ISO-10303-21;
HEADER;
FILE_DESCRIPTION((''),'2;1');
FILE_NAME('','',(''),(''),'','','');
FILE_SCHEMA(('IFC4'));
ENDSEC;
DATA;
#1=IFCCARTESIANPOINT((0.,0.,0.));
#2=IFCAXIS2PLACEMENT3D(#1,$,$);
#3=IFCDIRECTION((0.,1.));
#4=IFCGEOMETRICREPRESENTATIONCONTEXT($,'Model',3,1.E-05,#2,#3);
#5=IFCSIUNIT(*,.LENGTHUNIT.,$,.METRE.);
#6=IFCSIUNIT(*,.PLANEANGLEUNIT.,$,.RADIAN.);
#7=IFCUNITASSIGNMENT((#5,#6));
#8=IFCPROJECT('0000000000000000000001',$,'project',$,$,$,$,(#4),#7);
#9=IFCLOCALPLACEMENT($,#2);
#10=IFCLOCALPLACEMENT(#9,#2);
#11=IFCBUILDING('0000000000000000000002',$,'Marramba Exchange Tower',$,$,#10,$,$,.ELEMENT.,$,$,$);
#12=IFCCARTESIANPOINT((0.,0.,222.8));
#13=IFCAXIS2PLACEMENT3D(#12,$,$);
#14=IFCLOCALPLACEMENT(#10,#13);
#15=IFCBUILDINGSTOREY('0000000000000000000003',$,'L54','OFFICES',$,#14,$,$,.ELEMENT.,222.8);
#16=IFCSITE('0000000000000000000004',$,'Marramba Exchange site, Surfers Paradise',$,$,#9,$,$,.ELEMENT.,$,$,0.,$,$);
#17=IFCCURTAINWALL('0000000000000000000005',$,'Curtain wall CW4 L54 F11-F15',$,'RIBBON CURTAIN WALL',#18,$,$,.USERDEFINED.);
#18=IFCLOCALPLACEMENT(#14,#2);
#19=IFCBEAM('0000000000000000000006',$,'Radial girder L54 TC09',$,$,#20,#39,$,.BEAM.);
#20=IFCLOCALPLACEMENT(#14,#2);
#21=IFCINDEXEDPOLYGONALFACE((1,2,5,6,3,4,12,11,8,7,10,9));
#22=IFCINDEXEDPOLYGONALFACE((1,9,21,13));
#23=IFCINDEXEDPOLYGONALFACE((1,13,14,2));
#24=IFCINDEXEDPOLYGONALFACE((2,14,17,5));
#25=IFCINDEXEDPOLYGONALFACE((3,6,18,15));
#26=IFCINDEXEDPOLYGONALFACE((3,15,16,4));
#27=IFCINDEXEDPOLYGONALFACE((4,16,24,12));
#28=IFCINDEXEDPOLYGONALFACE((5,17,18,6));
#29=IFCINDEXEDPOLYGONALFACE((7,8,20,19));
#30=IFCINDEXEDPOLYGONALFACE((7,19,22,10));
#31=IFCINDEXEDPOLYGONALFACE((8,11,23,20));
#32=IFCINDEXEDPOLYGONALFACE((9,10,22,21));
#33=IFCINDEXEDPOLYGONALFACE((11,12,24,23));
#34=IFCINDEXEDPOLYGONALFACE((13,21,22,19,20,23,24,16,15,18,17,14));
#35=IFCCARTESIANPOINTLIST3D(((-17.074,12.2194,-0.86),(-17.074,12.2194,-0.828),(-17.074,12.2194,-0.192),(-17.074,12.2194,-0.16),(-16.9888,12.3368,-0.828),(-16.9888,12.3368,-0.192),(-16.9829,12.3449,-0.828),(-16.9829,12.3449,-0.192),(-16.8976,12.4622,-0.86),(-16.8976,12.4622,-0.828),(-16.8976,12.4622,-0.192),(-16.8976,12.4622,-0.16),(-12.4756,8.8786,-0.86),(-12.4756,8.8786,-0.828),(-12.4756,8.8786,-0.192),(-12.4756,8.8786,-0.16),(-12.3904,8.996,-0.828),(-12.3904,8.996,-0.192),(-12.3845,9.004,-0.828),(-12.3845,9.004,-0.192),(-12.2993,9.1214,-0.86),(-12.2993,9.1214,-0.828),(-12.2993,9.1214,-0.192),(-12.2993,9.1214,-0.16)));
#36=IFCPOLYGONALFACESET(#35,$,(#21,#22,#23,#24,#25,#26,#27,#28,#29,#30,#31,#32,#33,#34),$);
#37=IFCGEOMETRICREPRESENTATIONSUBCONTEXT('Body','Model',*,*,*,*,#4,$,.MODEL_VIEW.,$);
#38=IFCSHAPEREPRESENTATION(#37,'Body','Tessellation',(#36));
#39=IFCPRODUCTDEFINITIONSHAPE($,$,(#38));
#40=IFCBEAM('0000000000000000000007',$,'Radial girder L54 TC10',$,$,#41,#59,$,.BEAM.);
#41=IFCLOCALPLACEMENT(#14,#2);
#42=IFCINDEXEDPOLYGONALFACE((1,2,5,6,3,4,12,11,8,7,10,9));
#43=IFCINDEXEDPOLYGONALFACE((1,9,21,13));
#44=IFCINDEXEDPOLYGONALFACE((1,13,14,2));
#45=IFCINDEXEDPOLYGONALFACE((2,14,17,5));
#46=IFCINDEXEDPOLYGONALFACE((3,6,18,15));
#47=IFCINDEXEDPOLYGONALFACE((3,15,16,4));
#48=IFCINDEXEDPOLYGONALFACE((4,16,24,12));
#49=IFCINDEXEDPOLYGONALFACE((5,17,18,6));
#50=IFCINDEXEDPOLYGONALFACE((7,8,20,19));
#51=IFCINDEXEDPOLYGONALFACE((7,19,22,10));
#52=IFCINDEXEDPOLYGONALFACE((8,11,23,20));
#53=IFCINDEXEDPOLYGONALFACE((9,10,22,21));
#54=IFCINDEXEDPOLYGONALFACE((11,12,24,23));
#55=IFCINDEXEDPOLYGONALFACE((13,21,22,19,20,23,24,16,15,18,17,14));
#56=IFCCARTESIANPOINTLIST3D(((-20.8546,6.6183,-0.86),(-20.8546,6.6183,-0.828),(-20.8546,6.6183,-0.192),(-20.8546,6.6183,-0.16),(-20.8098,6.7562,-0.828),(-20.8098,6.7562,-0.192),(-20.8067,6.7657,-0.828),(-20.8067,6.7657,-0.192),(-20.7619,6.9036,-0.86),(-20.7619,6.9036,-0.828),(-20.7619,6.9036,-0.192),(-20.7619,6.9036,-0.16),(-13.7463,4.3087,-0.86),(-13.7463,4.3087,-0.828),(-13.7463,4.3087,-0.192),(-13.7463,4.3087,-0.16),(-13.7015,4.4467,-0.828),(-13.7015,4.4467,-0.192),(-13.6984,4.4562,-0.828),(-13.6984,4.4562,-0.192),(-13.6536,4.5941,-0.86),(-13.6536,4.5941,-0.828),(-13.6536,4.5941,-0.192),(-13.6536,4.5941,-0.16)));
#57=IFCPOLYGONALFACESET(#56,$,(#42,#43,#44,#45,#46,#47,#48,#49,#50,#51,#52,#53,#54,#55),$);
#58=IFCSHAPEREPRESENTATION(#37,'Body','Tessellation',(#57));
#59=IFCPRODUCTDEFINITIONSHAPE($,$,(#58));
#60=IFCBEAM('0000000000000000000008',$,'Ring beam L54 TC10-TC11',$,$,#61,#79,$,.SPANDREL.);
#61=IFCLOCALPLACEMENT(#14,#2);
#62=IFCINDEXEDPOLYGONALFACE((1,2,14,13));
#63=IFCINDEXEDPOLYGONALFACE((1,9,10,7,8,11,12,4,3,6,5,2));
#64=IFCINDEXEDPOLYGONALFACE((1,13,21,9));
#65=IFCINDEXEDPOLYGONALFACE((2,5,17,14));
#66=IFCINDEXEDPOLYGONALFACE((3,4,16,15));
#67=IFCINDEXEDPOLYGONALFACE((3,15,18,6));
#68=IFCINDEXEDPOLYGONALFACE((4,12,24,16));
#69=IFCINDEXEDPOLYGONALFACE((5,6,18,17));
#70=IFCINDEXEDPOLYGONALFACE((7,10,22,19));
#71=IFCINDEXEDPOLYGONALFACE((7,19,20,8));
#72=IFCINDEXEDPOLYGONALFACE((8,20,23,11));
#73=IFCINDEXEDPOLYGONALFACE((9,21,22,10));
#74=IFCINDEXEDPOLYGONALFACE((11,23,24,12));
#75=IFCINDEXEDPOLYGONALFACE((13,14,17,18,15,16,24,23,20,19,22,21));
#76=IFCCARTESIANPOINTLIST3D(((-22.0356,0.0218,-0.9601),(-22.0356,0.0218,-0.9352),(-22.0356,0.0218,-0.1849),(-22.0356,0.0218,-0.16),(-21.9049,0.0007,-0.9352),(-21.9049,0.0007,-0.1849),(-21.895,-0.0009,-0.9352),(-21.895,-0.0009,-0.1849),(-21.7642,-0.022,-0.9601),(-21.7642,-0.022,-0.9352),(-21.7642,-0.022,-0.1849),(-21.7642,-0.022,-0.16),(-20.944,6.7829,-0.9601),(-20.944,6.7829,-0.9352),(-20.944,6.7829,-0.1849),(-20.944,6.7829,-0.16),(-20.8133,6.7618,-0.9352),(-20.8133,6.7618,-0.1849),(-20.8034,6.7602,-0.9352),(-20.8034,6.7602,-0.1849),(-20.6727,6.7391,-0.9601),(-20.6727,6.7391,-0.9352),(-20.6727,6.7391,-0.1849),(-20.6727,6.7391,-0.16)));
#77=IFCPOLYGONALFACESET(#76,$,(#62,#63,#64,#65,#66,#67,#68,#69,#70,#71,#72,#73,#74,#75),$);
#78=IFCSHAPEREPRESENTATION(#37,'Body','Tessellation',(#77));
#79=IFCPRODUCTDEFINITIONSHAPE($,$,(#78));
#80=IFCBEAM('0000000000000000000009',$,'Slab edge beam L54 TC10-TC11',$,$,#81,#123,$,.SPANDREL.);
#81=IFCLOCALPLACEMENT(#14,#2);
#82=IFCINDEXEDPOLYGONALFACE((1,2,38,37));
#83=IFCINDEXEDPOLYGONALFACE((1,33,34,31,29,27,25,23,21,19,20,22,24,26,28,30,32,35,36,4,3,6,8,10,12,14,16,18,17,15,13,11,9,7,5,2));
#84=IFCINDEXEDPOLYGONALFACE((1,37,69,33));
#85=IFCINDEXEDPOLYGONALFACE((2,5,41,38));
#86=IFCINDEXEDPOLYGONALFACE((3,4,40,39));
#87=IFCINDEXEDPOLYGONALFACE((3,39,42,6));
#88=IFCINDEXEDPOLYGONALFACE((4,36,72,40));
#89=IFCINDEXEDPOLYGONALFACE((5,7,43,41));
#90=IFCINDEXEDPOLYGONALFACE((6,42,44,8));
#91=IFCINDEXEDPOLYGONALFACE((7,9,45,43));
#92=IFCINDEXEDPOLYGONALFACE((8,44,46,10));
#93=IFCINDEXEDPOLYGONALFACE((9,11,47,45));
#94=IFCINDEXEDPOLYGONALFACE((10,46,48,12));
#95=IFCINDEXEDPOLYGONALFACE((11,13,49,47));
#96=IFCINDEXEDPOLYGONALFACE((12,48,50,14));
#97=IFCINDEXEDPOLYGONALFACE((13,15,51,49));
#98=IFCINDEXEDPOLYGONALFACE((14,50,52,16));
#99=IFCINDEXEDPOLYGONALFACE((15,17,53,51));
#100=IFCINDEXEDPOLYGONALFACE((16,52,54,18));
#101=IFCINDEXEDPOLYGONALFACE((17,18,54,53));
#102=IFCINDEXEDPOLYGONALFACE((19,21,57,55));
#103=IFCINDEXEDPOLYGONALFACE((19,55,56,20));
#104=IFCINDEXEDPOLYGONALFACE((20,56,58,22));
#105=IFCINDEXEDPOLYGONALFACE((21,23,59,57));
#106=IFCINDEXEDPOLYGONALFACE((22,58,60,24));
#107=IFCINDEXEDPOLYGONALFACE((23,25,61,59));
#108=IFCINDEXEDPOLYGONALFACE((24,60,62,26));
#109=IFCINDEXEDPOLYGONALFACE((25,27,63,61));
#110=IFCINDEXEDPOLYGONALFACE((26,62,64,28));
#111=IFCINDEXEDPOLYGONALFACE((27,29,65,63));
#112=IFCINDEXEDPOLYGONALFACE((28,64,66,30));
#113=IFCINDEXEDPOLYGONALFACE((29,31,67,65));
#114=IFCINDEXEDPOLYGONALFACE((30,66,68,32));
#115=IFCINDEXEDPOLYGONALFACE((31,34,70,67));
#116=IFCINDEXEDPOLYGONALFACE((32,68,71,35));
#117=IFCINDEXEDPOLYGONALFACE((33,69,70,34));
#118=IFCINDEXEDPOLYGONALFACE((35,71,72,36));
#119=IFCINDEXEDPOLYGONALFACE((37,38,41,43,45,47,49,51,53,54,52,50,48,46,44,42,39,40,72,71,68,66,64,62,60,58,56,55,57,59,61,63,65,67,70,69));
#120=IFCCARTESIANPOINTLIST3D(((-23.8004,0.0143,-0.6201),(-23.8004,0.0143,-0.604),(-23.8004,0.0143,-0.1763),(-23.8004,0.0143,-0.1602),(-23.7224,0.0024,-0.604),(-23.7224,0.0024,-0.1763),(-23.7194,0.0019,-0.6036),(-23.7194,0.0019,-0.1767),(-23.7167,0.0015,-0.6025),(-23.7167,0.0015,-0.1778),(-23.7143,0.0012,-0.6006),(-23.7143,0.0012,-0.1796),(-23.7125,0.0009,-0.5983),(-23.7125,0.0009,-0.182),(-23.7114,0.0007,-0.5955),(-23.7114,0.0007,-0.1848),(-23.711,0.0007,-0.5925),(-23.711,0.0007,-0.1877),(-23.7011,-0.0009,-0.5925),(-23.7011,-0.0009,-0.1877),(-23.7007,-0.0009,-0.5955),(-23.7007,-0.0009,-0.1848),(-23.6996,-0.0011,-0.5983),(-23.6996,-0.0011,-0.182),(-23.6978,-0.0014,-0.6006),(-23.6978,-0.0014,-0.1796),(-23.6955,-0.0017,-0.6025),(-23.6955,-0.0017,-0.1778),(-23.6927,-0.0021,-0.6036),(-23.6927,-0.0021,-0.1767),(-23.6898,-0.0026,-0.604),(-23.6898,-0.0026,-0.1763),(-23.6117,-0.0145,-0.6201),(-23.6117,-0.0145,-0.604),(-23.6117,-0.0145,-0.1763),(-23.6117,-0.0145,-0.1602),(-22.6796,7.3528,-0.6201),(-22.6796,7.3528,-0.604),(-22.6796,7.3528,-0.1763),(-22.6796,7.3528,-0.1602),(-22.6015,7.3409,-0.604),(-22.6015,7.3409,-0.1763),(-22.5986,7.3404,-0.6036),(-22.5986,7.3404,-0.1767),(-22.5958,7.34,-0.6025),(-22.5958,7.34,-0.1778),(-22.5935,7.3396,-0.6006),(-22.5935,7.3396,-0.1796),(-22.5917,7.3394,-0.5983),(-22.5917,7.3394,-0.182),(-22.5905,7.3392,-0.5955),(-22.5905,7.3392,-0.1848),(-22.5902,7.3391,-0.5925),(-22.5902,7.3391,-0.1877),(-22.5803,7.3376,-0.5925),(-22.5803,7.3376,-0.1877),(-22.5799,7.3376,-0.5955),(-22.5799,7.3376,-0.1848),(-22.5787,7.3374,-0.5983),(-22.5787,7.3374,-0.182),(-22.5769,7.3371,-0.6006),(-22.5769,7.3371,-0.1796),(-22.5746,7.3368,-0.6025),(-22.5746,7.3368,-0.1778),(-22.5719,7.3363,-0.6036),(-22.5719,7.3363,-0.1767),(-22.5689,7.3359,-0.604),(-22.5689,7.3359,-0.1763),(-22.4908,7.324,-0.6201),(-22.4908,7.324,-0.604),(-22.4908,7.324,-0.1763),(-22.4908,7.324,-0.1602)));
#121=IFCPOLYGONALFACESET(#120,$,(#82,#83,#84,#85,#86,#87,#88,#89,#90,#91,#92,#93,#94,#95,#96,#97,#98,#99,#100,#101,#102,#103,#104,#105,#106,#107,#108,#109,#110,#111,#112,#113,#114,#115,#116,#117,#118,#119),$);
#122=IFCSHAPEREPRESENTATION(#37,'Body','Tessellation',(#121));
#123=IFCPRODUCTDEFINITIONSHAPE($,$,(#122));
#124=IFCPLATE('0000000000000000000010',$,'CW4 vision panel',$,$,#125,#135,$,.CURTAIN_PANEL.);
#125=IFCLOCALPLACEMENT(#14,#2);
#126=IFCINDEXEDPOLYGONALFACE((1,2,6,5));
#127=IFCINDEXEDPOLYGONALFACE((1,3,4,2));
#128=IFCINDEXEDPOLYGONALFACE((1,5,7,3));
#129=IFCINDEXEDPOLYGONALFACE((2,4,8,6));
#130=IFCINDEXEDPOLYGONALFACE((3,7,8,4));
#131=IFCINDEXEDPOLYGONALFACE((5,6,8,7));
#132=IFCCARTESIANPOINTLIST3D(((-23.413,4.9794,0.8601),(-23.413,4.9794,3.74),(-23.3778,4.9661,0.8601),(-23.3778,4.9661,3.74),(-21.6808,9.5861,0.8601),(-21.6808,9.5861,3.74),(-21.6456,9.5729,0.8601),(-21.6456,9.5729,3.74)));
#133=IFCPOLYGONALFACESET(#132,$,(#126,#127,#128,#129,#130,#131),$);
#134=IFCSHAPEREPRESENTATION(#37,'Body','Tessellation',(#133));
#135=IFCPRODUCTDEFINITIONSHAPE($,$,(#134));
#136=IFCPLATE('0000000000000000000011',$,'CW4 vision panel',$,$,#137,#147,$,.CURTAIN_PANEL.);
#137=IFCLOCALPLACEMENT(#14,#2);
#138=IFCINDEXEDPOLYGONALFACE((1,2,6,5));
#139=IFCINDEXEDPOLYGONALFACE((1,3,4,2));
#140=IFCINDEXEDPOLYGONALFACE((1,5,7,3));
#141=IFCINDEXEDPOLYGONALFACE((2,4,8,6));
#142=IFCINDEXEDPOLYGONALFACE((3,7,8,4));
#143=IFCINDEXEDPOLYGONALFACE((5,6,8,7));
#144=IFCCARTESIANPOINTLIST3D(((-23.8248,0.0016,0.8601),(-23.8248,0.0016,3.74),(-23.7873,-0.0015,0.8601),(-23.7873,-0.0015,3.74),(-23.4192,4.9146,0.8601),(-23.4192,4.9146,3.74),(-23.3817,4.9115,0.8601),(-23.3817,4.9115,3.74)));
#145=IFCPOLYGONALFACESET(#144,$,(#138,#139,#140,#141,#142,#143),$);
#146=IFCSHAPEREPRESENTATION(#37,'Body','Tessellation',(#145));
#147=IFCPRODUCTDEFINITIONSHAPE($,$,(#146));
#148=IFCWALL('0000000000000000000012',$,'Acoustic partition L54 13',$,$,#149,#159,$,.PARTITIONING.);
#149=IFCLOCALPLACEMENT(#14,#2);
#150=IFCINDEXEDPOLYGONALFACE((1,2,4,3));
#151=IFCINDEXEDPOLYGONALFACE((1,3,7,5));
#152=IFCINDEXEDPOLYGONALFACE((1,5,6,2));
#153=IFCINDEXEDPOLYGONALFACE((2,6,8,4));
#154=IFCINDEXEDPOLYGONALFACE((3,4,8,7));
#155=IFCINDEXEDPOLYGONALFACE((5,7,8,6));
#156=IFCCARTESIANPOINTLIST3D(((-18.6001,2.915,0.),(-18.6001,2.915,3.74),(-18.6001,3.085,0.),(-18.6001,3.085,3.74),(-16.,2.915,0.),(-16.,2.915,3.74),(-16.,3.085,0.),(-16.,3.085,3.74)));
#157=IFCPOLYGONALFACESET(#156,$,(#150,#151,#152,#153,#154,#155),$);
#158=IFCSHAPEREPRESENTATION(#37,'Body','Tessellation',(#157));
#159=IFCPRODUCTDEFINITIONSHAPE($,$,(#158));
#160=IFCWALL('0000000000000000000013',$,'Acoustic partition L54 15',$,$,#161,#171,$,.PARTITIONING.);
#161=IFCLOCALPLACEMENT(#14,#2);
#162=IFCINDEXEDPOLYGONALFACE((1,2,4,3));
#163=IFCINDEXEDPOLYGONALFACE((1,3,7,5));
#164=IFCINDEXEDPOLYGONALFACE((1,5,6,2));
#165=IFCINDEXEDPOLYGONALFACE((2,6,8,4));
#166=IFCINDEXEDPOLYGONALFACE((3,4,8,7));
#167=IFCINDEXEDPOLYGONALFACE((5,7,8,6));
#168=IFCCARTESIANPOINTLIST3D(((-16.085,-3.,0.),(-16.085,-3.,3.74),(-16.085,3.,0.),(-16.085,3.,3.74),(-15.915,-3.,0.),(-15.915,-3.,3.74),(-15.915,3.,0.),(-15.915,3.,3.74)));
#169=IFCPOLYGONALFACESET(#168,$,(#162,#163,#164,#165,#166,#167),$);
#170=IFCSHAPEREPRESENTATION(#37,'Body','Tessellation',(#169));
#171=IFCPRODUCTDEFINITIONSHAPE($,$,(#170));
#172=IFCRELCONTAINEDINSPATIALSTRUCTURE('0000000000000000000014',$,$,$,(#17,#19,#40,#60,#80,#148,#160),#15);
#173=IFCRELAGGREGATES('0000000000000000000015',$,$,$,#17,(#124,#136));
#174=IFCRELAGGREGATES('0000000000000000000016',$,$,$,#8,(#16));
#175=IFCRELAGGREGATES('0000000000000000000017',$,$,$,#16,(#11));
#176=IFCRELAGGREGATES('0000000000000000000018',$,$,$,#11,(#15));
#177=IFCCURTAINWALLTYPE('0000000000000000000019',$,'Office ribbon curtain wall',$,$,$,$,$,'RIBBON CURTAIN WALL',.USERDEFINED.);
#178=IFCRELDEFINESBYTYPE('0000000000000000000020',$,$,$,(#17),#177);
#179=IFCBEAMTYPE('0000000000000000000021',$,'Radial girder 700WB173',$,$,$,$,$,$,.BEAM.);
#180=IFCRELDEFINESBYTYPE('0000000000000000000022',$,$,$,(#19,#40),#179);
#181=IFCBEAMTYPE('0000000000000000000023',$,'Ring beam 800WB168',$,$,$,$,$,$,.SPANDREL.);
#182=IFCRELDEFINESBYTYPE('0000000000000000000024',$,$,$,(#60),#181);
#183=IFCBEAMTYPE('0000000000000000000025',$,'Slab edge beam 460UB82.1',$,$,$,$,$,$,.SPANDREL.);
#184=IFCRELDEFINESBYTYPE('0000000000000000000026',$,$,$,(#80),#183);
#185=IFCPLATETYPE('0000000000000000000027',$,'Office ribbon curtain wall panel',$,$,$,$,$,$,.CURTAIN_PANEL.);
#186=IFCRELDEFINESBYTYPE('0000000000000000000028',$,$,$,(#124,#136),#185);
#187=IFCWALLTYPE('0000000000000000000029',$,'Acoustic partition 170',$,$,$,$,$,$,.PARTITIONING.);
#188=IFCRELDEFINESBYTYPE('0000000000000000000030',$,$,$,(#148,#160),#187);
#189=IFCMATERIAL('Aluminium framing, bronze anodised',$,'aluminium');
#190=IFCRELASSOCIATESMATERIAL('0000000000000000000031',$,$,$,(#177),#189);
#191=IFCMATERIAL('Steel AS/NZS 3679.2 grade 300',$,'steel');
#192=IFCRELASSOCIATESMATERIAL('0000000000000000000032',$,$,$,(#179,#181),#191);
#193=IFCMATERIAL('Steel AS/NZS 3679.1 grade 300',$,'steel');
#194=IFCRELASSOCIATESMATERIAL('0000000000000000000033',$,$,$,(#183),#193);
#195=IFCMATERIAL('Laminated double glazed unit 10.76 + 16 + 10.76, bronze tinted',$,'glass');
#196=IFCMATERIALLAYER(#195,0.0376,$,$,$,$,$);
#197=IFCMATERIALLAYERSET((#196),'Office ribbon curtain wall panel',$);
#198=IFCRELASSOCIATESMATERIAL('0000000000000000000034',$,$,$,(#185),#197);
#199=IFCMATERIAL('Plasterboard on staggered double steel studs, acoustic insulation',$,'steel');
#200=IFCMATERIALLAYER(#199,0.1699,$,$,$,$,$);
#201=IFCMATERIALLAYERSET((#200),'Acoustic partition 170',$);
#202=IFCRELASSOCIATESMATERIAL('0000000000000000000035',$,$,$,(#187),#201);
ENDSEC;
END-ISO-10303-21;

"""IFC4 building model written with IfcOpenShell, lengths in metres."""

from ifc_helpers import new_model, si_unit, direction, frame, frame_2d, origin, origin_2d, place, context, subcontext, project, spatial, rectangle, i_section, extrude, material, layer, layer_set, material_profile, profile_set, type_object, element, aggregate, save


model = new_model("IFC4")

# Units and contexts
model_context = context("Model", 3, precision=1e-05, world=origin(), true_north=direction((0.0, 1.0)))
body_context = subcontext(model_context, "Body", "Model", "MODEL_VIEW")
ifc_project = project(units=[si_unit("LENGTHUNIT", "METRE"), si_unit("PLANEANGLEUNIT", "RADIAN")], contexts=[model_context])

# Site, building, storey
site_placement = place(None, origin())
site = spatial("IfcSite", under=ifc_project, at=site_placement, Name="Marramba Exchange site, Surfers Paradise", CompositionType="ELEMENT", RefElevation=0.0)
building_placement = place(site_placement, origin())
building = spatial("IfcBuilding", under=site, at=building_placement, Name="Marramba Exchange Tower", CompositionType="ELEMENT")
storey_placement = place(building_placement, frame((0.0, 0.0, 222.8)))
storey = spatial("IfcBuildingStorey", under=building, at=storey_placement, Name="L54", Description="OFFICES", CompositionType="ELEMENT", Elevation=222.8)

# Shared definitions
ifc_material_1 = material(Name="Steel AS/NZS 3679.2 grade 300", Category="steel")
ifc_material_2 = material(Name="Steel AS/NZS 3679.1 grade 300", Category="steel")

# Curtain wall
ifc_material_3 = material(Name="Aluminium framing, bronze anodised", Category="aluminium")
curtain_wall_type = type_object("IfcCurtainWallType", Name="Office ribbon curtain wall", ElementType="RIBBON CURTAIN WALL", PredefinedType="USERDEFINED", material=ifc_material_3)
curtain_wall_placement = place(storey_placement, origin())
curtain_wall = element("IfcCurtainWall", 1, at=curtain_wall_placement, inside=storey, type_object=curtain_wall_type, Name="Curtain wall CW4 L54 F11-F15", ObjectType="RIBBON CURTAIN WALL", PredefinedType="USERDEFINED")

# Beams
ifc_material_profile_1 = material_profile(ifc_material_1, i_section(OverallWidth=0.3, OverallDepth=0.7, WebThickness=0.01, FlangeThickness=0.032, at=origin_2d()), Name="700WB173")
ifc_profile_set_1 = profile_set([ifc_material_profile_1], Name="Steel AS/NZS 3679.2 grade 300")
beam_type_1 = type_object("IfcBeamType", Name="Radial girder 700WB173", PredefinedType="BEAM", material=ifc_profile_set_1)
beam_1_placement = place(storey_placement, frame((-12.3875, 9.0, -0.51), z_axis=(-0.809026, 0.587773, 0.0), x_axis=(-0.587773, -0.809026, 0.0)))
element("IfcBeam", 2, at=beam_1_placement, inside=storey, type_object=beam_type_1, Name="Radial girder L54 TC09", PredefinedType="BEAM", context=body_context, shape_type="SweptSolid", body=[
    extrude(i_section(OverallWidth=0.3, OverallDepth=0.7, WebThickness=0.01, FlangeThickness=0.032, at=origin_2d()), origin(), (0.0, 0.0, 1.0), 5.6838),
])
beam_2_placement = place(storey_placement, frame((-13.7, 4.4514, -0.51), z_axis=(-0.95106, 0.309006, 0.0), x_axis=(-0.309006, -0.95106, 0.0)))
element("IfcBeam", 3, at=beam_2_placement, inside=storey, type_object=beam_type_1, Name="Radial girder L54 TC10", PredefinedType="BEAM", context=body_context, shape_type="SweptSolid", body=[
    extrude(i_section(OverallWidth=0.3, OverallDepth=0.7, WebThickness=0.01, FlangeThickness=0.032, at=origin_2d()), origin(), (0.0, 0.0, 1.0), 7.4741),
])
ifc_material_profile_2 = material_profile(ifc_material_1, i_section(OverallWidth=0.2749, OverallDepth=0.8, WebThickness=0.01, FlangeThickness=0.0249, at=origin_2d()), Name="800WB168")
ifc_profile_set_2 = profile_set([ifc_material_profile_2], Name="Steel AS/NZS 3679.2 grade 300")
beam_type_2 = type_object("IfcBeamType", Name="Ring beam 800WB168", PredefinedType="SPANDREL", material=ifc_profile_set_2)
beam_3_placement = place(storey_placement, frame((-20.8083, 6.761, -0.5601), z_axis=(-0.159385, -0.987217, 0.0), x_axis=(0.987217, -0.159385, 0.0)))
element("IfcBeam", 4, at=beam_3_placement, inside=storey, type_object=beam_type_2, Name="Ring beam L54 TC10-TC11", PredefinedType="SPANDREL", context=body_context, shape_type="SweptSolid", body=[
    extrude(i_section(OverallWidth=0.2749, OverallDepth=0.8, WebThickness=0.01, FlangeThickness=0.0249, at=origin_2d()), origin(), (0.0, 0.0, 1.0), 6.8486),
])
ifc_material_profile_3 = material_profile(ifc_material_2, i_section(OverallWidth=0.1909, OverallDepth=0.46, WebThickness=0.01, FlangeThickness=0.0161, FilletRadius=0.0115, at=origin_2d()), Name="460UB82.1")
ifc_profile_set_3 = profile_set([ifc_material_profile_3], Name="Steel AS/NZS 3679.1 grade 300")
beam_type_3 = type_object("IfcBeamType", Name="Slab edge beam 460UB82.1", PredefinedType="SPANDREL", material=ifc_profile_set_3)
beam_4_placement = place(storey_placement, frame((-22.5852, 7.3384, -0.3901), z_axis=(-0.150987, -0.988536, 0.0), x_axis=(0.988536, -0.150987, 0.0)))
element("IfcBeam", 5, at=beam_4_placement, inside=storey, type_object=beam_type_3, Name="Slab edge beam L54 TC10-TC11", PredefinedType="SPANDREL", context=body_context, shape_type="SweptSolid", body=[
    extrude(i_section(OverallWidth=0.1909, OverallDepth=0.46, WebThickness=0.01, FlangeThickness=0.0161, FilletRadius=0.0115, at=origin_2d()), origin(), (0.0, 0.0, 1.0), 7.4236),
])

# Plates
ifc_material_4 = material(Name="Laminated double glazed unit 10.76 + 16 + 10.76, bronze tinted", Category="glass")
ifc_layer_1 = layer(ifc_material_4, 0.0376)
ifc_layer_set_1 = layer_set([ifc_layer_1], Name="Office ribbon curtain wall panel")
plate_type = type_object("IfcPlateType", Name="Office ribbon curtain wall panel", PredefinedType="CURTAIN_PANEL", material=ifc_layer_set_1)
plate_1_placement = place(storey_placement, frame((-22.5293, 7.2761, 0.8601), z_axis=(0.0, 0.0, 1.0), x_axis=(-0.351952, -0.936018, 0.0)))
plate_1 = element("IfcPlate", 6, at=plate_1_placement, type_object=plate_type, Name="CW4 vision panel", PredefinedType="CURTAIN_PANEL", context=body_context, shape_type="SweptSolid", body=[
    extrude(rectangle(XDim=4.9216, YDim=0.0376, at=origin_2d()), origin(), (0.0, 0.0, 1.0), 2.8799),
])
plate_2_placement = place(storey_placement, frame((-23.6033, 2.4565, 0.8601), z_axis=(0.0, 0.0, 1.0), x_axis=(-0.082281, -0.996609, 0.0)))
plate_2 = element("IfcPlate", 7, at=plate_2_placement, type_object=plate_type, Name="CW4 vision panel", PredefinedType="CURTAIN_PANEL", context=body_context, shape_type="SweptSolid", body=[
    extrude(rectangle(XDim=4.9297, YDim=0.0376, at=origin_2d()), origin(), (0.0, 0.0, 1.0), 2.8799),
])
aggregate(curtain_wall, [plate_1, plate_2])

# Walls
ifc_material_5 = material(Name="Plasterboard on staggered double steel studs, acoustic insulation", Category="steel")
ifc_layer_2 = layer(ifc_material_5, 0.1699)
ifc_layer_set_2 = layer_set([ifc_layer_2], Name="Acoustic partition 170")
wall_type_1 = type_object("IfcWallType", Name="Acoustic partition 170", PredefinedType="PARTITIONING", material=ifc_layer_set_2)
wall_1_placement = place(storey_placement, frame((-18.6001, 3.0, 0.0), z_axis=(0.0, 0.0, 1.0), x_axis=(1.0, 0.0, 0.0)))
element("IfcWall", 8, at=wall_1_placement, inside=storey, type_object=wall_type_1, Name="Acoustic partition L54 13", PredefinedType="PARTITIONING", context=body_context, shape_type="SweptSolid", body=[
    extrude(rectangle(XDim=2.6001, YDim=0.1699, at=frame_2d((1.3, 0.0))), origin(), (0.0, 0.0, 1.0), 3.74),
])
wall_2_placement = place(storey_placement, frame((-16.0, 3.0, 0.0), z_axis=(0.0, 0.0, 1.0), x_axis=(0.0, -1.0, 0.0)))
element("IfcWall", 9, at=wall_2_placement, inside=storey, type_object=wall_type_1, Name="Acoustic partition L54 15", PredefinedType="PARTITIONING", context=body_context, shape_type="SweptSolid", body=[
    extrude(rectangle(XDim=6.0, YDim=0.1699, at=frame_2d((3.0, 0.0))), origin(), (0.0, 0.0, 1.0), 3.74),
])

save(model, "model.ifc")
